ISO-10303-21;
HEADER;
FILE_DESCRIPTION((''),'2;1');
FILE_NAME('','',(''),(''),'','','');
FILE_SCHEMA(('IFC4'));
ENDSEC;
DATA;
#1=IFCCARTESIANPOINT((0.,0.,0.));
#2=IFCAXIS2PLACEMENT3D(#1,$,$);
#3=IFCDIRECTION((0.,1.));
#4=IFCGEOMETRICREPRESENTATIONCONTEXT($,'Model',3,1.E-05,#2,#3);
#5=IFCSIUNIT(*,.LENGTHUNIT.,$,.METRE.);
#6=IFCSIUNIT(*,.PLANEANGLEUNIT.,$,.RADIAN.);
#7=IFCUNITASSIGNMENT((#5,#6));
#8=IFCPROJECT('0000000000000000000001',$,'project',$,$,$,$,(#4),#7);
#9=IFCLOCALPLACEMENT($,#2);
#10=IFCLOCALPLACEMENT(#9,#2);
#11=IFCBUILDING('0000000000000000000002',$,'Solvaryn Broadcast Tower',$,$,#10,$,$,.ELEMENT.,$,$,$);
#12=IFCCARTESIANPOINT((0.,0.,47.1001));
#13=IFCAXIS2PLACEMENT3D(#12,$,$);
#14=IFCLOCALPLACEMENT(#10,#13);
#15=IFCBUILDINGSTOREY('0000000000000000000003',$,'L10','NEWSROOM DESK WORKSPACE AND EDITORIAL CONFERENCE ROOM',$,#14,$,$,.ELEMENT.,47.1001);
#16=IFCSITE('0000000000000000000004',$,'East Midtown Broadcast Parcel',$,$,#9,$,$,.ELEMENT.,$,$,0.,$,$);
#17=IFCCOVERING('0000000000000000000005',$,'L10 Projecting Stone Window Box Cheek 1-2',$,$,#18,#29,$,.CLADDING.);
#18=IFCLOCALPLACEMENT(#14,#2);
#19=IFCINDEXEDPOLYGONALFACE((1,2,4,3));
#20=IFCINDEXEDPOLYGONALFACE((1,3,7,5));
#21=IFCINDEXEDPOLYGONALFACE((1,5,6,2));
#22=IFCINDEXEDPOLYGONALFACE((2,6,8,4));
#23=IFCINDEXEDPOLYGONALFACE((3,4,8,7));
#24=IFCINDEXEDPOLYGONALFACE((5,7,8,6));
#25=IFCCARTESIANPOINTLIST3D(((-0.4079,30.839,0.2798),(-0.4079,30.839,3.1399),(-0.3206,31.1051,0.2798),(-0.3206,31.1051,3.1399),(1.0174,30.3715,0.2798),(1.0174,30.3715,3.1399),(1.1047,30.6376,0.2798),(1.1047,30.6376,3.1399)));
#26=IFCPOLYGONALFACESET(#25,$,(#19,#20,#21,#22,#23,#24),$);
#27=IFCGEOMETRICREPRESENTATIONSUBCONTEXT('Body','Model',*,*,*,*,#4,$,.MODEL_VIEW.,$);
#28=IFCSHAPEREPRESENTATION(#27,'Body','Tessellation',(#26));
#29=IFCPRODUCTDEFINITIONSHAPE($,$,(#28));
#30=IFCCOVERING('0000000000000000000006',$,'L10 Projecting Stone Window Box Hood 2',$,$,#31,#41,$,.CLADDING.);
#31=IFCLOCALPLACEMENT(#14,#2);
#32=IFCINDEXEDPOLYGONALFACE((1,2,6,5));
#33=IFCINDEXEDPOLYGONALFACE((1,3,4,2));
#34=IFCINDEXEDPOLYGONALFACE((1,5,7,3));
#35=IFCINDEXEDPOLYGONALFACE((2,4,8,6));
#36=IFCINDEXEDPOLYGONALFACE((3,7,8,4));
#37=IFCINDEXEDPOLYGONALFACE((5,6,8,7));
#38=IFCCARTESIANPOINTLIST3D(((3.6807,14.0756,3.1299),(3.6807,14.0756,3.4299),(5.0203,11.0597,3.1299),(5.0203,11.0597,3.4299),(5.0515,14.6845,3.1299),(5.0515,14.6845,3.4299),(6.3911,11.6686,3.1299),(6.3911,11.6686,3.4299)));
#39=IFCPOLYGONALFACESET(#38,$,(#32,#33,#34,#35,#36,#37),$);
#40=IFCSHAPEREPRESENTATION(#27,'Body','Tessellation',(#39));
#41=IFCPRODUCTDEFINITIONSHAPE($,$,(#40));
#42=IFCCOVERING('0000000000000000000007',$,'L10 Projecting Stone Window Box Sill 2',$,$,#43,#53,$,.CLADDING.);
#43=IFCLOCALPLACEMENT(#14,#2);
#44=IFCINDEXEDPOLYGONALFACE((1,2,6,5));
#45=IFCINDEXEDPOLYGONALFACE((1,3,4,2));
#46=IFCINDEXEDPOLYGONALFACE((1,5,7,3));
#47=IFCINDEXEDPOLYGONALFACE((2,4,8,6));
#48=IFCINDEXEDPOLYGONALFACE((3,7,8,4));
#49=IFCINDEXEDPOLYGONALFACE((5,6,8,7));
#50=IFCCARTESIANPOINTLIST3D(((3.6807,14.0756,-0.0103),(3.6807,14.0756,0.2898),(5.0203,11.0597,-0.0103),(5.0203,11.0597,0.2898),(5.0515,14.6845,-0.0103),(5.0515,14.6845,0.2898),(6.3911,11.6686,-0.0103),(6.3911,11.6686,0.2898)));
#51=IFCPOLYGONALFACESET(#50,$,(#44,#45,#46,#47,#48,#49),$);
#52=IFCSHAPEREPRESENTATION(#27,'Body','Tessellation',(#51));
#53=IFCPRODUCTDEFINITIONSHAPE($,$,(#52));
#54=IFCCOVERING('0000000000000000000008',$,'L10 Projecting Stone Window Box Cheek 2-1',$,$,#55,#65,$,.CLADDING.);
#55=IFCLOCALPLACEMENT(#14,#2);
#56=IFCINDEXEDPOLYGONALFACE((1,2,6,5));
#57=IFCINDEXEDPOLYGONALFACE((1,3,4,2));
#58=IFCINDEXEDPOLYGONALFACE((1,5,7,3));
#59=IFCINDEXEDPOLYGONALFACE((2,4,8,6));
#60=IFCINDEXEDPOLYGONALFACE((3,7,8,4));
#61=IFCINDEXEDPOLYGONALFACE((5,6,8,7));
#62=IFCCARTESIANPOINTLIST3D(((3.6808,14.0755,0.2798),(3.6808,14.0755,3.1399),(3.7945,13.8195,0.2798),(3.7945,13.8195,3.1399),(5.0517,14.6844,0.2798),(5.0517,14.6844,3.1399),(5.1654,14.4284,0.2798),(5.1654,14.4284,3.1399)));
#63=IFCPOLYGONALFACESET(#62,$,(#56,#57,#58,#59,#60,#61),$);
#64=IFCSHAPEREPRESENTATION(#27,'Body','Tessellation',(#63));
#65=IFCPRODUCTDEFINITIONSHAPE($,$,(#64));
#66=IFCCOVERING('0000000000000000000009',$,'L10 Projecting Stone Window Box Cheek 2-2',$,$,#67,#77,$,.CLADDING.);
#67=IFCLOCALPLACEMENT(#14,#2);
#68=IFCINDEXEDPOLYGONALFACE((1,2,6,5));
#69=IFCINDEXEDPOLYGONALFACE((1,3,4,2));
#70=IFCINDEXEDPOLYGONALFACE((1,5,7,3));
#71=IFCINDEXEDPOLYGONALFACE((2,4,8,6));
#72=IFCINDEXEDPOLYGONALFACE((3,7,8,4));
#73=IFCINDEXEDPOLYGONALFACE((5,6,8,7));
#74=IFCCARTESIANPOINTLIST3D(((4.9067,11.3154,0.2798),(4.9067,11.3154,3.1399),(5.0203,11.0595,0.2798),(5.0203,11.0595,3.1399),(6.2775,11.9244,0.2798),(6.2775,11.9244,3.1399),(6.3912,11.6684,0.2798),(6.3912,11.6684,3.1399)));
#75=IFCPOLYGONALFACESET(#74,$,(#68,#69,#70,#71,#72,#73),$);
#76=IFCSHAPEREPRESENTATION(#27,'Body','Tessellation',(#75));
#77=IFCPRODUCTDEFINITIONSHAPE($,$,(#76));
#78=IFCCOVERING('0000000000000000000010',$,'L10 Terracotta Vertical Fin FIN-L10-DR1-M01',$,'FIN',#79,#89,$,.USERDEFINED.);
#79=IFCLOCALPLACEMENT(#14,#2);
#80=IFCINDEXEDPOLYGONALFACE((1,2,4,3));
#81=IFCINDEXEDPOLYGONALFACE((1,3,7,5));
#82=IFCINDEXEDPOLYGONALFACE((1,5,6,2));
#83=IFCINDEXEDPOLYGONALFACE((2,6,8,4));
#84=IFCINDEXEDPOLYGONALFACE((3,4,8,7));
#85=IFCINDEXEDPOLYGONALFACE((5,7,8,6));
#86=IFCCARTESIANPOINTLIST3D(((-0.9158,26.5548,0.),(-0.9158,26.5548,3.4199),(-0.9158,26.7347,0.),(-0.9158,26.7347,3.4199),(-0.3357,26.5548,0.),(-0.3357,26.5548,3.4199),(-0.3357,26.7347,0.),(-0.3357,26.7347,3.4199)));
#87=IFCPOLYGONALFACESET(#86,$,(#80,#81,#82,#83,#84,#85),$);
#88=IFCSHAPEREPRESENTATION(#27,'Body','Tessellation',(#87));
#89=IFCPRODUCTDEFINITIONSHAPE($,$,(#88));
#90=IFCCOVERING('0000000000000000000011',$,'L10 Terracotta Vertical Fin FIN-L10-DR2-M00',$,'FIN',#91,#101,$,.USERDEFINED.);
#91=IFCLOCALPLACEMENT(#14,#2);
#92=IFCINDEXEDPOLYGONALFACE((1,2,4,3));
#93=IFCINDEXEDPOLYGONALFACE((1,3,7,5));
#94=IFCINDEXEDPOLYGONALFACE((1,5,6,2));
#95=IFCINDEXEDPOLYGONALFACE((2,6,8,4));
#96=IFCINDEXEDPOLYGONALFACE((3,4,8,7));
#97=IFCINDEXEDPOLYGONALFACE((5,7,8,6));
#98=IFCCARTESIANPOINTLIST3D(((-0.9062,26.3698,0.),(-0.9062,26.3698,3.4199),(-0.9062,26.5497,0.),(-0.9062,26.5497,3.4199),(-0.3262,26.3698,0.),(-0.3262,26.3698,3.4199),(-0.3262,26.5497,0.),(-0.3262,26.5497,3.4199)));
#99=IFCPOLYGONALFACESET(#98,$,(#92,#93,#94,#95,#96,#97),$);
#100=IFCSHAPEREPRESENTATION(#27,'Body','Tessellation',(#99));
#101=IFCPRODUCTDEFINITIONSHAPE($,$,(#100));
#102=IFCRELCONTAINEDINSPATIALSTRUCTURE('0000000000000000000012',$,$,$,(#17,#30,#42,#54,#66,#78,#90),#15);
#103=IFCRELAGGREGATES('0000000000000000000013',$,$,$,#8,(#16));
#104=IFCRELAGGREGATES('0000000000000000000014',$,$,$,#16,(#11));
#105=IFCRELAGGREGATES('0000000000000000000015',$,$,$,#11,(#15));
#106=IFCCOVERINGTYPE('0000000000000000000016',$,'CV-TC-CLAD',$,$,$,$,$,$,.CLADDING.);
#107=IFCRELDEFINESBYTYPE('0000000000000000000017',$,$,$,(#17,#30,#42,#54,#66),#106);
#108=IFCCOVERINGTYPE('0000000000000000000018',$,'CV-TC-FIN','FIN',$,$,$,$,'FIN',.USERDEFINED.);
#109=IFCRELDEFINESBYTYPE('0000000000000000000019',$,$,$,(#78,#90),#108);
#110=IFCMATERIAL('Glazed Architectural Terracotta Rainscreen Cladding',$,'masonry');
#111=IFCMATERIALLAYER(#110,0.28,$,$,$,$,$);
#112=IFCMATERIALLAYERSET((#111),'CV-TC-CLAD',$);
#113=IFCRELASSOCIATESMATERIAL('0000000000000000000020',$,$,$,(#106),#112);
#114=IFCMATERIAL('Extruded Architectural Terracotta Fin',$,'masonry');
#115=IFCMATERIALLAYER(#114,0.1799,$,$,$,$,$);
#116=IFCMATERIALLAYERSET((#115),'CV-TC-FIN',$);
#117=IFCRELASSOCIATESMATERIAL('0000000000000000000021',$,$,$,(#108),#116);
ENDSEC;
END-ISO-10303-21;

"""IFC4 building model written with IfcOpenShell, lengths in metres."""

from ifc_helpers import new_model, si_unit, direction, frame, origin, origin_2d, place, context, subcontext, project, spatial, rectangle, extrude, material, layer, layer_set, type_object, element, save


model = new_model("IFC4")

# Units and contexts
model_context = context("Model", 3, precision=1e-05, world=origin(), true_north=direction((0.0, 1.0)))
body_context = subcontext(model_context, "Body", "Model", "MODEL_VIEW")
ifc_project = project(units=[si_unit("LENGTHUNIT", "METRE"), si_unit("PLANEANGLEUNIT", "RADIAN")], contexts=[model_context])

# Site, building, storey
site_placement = place(None, origin())
site = spatial("IfcSite", under=ifc_project, at=site_placement, Name="East Midtown Broadcast Parcel", CompositionType="ELEMENT", RefElevation=0.0)
building_placement = place(site_placement, origin())
building = spatial("IfcBuilding", under=site, at=building_placement, Name="Solvaryn Broadcast Tower", CompositionType="ELEMENT")
storey_placement = place(building_placement, frame((0.0, 0.0, 47.1001)))
storey = spatial("IfcBuildingStorey", under=building, at=storey_placement, Name="L10", Description="NEWSROOM DESK WORKSPACE AND EDITORIAL CONFERENCE ROOM", CompositionType="ELEMENT", Elevation=47.1001)

# Coverings
ifc_material_1 = material(Name="Glazed Architectural Terracotta Rainscreen Cladding", Category="masonry")
ifc_layer_1 = layer(ifc_material_1, 0.28)
ifc_layer_set_1 = layer_set([ifc_layer_1], Name="CV-TC-CLAD")
covering_type_1 = type_object("IfcCoveringType", Name="CV-TC-CLAD", PredefinedType="CLADDING", material=ifc_layer_set_1)
covering_placement = place(storey_placement, frame((0.3484, 30.7383, 0.2798), z_axis=(0.0, 0.0, 1.0), x_axis=(-0.311672, -0.95019, 0.0)))
element("IfcCovering", 1, at=covering_placement, inside=storey, type_object=covering_type_1, Name="L10 Projecting Stone Window Box Cheek 1-2", PredefinedType="CLADDING", context=body_context, shape_type="SweptSolid", body=[
    extrude(rectangle(XDim=0.28, YDim=1.5, at=origin_2d()), origin(), (0.0, 0.0, 1.0), 2.8601),
])
for number, where, z_axis, x_axis, name in (
    (2, (5.0359, 12.8721, 3.1299), (0.0, 0.0, 1.0), (0.405939, -0.9139, 0.0), "L10 Projecting Stone Window Box Hood 2"),
    (3, (5.0359, 12.8721, -0.0103), (0.0, 0.0, 1.0), (0.405939, -0.9139, 0.0), "L10 Projecting Stone Window Box Sill 2"),
):
    element("IfcCovering", number, at=place(storey_placement, frame(where, z_axis=z_axis, x_axis=x_axis)), inside=storey, type_object=covering_type_1, Name=name, PredefinedType="CLADDING", context=body_context, shape_type="SweptSolid", body=[
        extrude(rectangle(XDim=3.3, YDim=1.5, at=origin_2d()), origin(), (0.0, 0.0, 1.0), 0.3),
    ])
for number, where, z_axis, x_axis, name in (
    (4, (4.4231, 14.252, 0.2798), (0.0, 0.0, 1.0), (0.405939, -0.9139, 0.0), "L10 Projecting Stone Window Box Cheek 2-1"),
    (5, (5.6489, 11.4919, 0.2798), (0.0, 0.0, 1.0), (0.405939, -0.9139, 0.0), "L10 Projecting Stone Window Box Cheek 2-2"),
):
    element("IfcCovering", number, at=place(storey_placement, frame(where, z_axis=z_axis, x_axis=x_axis)), inside=storey, type_object=covering_type_1, Name=name, PredefinedType="CLADDING", context=body_context, shape_type="SweptSolid", body=[
        extrude(rectangle(XDim=0.28, YDim=1.5, at=origin_2d()), origin(), (0.0, 0.0, 1.0), 2.8601),
    ])
ifc_material_2 = material(Name="Extruded Architectural Terracotta Fin", Category="masonry")
ifc_layer_2 = layer(ifc_material_2, 0.1799)
ifc_layer_set_2 = layer_set([ifc_layer_2], Name="CV-TC-FIN")
covering_type_2 = type_object("IfcCoveringType", Name="CV-TC-FIN", Description="FIN", ElementType="FIN", PredefinedType="USERDEFINED", material=ifc_layer_set_2)
for number, where, z_axis, x_axis, name in (
    (6, (-0.6257, 26.6448, 0.0), (0.0, 0.0, 1.0), (1.0, 0.0, 0.0), "L10 Terracotta Vertical Fin FIN-L10-DR1-M01"),
    (7, (-0.6162, 26.4597, 0.0), (0.0, 0.0, 1.0), (1.0, 0.0, 0.0), "L10 Terracotta Vertical Fin FIN-L10-DR2-M00"),
):
    element("IfcCovering", number, at=place(storey_placement, frame(where, z_axis=z_axis, x_axis=x_axis)), inside=storey, type_object=covering_type_2, Name=name, ObjectType="FIN", PredefinedType="USERDEFINED", context=body_context, shape_type="SweptSolid", body=[
        extrude(rectangle(XDim=0.5801, YDim=0.1799, at=origin_2d()), origin(), (0.0, 0.0, 1.0), 3.4199),
    ])

save(model, "model.ifc")
